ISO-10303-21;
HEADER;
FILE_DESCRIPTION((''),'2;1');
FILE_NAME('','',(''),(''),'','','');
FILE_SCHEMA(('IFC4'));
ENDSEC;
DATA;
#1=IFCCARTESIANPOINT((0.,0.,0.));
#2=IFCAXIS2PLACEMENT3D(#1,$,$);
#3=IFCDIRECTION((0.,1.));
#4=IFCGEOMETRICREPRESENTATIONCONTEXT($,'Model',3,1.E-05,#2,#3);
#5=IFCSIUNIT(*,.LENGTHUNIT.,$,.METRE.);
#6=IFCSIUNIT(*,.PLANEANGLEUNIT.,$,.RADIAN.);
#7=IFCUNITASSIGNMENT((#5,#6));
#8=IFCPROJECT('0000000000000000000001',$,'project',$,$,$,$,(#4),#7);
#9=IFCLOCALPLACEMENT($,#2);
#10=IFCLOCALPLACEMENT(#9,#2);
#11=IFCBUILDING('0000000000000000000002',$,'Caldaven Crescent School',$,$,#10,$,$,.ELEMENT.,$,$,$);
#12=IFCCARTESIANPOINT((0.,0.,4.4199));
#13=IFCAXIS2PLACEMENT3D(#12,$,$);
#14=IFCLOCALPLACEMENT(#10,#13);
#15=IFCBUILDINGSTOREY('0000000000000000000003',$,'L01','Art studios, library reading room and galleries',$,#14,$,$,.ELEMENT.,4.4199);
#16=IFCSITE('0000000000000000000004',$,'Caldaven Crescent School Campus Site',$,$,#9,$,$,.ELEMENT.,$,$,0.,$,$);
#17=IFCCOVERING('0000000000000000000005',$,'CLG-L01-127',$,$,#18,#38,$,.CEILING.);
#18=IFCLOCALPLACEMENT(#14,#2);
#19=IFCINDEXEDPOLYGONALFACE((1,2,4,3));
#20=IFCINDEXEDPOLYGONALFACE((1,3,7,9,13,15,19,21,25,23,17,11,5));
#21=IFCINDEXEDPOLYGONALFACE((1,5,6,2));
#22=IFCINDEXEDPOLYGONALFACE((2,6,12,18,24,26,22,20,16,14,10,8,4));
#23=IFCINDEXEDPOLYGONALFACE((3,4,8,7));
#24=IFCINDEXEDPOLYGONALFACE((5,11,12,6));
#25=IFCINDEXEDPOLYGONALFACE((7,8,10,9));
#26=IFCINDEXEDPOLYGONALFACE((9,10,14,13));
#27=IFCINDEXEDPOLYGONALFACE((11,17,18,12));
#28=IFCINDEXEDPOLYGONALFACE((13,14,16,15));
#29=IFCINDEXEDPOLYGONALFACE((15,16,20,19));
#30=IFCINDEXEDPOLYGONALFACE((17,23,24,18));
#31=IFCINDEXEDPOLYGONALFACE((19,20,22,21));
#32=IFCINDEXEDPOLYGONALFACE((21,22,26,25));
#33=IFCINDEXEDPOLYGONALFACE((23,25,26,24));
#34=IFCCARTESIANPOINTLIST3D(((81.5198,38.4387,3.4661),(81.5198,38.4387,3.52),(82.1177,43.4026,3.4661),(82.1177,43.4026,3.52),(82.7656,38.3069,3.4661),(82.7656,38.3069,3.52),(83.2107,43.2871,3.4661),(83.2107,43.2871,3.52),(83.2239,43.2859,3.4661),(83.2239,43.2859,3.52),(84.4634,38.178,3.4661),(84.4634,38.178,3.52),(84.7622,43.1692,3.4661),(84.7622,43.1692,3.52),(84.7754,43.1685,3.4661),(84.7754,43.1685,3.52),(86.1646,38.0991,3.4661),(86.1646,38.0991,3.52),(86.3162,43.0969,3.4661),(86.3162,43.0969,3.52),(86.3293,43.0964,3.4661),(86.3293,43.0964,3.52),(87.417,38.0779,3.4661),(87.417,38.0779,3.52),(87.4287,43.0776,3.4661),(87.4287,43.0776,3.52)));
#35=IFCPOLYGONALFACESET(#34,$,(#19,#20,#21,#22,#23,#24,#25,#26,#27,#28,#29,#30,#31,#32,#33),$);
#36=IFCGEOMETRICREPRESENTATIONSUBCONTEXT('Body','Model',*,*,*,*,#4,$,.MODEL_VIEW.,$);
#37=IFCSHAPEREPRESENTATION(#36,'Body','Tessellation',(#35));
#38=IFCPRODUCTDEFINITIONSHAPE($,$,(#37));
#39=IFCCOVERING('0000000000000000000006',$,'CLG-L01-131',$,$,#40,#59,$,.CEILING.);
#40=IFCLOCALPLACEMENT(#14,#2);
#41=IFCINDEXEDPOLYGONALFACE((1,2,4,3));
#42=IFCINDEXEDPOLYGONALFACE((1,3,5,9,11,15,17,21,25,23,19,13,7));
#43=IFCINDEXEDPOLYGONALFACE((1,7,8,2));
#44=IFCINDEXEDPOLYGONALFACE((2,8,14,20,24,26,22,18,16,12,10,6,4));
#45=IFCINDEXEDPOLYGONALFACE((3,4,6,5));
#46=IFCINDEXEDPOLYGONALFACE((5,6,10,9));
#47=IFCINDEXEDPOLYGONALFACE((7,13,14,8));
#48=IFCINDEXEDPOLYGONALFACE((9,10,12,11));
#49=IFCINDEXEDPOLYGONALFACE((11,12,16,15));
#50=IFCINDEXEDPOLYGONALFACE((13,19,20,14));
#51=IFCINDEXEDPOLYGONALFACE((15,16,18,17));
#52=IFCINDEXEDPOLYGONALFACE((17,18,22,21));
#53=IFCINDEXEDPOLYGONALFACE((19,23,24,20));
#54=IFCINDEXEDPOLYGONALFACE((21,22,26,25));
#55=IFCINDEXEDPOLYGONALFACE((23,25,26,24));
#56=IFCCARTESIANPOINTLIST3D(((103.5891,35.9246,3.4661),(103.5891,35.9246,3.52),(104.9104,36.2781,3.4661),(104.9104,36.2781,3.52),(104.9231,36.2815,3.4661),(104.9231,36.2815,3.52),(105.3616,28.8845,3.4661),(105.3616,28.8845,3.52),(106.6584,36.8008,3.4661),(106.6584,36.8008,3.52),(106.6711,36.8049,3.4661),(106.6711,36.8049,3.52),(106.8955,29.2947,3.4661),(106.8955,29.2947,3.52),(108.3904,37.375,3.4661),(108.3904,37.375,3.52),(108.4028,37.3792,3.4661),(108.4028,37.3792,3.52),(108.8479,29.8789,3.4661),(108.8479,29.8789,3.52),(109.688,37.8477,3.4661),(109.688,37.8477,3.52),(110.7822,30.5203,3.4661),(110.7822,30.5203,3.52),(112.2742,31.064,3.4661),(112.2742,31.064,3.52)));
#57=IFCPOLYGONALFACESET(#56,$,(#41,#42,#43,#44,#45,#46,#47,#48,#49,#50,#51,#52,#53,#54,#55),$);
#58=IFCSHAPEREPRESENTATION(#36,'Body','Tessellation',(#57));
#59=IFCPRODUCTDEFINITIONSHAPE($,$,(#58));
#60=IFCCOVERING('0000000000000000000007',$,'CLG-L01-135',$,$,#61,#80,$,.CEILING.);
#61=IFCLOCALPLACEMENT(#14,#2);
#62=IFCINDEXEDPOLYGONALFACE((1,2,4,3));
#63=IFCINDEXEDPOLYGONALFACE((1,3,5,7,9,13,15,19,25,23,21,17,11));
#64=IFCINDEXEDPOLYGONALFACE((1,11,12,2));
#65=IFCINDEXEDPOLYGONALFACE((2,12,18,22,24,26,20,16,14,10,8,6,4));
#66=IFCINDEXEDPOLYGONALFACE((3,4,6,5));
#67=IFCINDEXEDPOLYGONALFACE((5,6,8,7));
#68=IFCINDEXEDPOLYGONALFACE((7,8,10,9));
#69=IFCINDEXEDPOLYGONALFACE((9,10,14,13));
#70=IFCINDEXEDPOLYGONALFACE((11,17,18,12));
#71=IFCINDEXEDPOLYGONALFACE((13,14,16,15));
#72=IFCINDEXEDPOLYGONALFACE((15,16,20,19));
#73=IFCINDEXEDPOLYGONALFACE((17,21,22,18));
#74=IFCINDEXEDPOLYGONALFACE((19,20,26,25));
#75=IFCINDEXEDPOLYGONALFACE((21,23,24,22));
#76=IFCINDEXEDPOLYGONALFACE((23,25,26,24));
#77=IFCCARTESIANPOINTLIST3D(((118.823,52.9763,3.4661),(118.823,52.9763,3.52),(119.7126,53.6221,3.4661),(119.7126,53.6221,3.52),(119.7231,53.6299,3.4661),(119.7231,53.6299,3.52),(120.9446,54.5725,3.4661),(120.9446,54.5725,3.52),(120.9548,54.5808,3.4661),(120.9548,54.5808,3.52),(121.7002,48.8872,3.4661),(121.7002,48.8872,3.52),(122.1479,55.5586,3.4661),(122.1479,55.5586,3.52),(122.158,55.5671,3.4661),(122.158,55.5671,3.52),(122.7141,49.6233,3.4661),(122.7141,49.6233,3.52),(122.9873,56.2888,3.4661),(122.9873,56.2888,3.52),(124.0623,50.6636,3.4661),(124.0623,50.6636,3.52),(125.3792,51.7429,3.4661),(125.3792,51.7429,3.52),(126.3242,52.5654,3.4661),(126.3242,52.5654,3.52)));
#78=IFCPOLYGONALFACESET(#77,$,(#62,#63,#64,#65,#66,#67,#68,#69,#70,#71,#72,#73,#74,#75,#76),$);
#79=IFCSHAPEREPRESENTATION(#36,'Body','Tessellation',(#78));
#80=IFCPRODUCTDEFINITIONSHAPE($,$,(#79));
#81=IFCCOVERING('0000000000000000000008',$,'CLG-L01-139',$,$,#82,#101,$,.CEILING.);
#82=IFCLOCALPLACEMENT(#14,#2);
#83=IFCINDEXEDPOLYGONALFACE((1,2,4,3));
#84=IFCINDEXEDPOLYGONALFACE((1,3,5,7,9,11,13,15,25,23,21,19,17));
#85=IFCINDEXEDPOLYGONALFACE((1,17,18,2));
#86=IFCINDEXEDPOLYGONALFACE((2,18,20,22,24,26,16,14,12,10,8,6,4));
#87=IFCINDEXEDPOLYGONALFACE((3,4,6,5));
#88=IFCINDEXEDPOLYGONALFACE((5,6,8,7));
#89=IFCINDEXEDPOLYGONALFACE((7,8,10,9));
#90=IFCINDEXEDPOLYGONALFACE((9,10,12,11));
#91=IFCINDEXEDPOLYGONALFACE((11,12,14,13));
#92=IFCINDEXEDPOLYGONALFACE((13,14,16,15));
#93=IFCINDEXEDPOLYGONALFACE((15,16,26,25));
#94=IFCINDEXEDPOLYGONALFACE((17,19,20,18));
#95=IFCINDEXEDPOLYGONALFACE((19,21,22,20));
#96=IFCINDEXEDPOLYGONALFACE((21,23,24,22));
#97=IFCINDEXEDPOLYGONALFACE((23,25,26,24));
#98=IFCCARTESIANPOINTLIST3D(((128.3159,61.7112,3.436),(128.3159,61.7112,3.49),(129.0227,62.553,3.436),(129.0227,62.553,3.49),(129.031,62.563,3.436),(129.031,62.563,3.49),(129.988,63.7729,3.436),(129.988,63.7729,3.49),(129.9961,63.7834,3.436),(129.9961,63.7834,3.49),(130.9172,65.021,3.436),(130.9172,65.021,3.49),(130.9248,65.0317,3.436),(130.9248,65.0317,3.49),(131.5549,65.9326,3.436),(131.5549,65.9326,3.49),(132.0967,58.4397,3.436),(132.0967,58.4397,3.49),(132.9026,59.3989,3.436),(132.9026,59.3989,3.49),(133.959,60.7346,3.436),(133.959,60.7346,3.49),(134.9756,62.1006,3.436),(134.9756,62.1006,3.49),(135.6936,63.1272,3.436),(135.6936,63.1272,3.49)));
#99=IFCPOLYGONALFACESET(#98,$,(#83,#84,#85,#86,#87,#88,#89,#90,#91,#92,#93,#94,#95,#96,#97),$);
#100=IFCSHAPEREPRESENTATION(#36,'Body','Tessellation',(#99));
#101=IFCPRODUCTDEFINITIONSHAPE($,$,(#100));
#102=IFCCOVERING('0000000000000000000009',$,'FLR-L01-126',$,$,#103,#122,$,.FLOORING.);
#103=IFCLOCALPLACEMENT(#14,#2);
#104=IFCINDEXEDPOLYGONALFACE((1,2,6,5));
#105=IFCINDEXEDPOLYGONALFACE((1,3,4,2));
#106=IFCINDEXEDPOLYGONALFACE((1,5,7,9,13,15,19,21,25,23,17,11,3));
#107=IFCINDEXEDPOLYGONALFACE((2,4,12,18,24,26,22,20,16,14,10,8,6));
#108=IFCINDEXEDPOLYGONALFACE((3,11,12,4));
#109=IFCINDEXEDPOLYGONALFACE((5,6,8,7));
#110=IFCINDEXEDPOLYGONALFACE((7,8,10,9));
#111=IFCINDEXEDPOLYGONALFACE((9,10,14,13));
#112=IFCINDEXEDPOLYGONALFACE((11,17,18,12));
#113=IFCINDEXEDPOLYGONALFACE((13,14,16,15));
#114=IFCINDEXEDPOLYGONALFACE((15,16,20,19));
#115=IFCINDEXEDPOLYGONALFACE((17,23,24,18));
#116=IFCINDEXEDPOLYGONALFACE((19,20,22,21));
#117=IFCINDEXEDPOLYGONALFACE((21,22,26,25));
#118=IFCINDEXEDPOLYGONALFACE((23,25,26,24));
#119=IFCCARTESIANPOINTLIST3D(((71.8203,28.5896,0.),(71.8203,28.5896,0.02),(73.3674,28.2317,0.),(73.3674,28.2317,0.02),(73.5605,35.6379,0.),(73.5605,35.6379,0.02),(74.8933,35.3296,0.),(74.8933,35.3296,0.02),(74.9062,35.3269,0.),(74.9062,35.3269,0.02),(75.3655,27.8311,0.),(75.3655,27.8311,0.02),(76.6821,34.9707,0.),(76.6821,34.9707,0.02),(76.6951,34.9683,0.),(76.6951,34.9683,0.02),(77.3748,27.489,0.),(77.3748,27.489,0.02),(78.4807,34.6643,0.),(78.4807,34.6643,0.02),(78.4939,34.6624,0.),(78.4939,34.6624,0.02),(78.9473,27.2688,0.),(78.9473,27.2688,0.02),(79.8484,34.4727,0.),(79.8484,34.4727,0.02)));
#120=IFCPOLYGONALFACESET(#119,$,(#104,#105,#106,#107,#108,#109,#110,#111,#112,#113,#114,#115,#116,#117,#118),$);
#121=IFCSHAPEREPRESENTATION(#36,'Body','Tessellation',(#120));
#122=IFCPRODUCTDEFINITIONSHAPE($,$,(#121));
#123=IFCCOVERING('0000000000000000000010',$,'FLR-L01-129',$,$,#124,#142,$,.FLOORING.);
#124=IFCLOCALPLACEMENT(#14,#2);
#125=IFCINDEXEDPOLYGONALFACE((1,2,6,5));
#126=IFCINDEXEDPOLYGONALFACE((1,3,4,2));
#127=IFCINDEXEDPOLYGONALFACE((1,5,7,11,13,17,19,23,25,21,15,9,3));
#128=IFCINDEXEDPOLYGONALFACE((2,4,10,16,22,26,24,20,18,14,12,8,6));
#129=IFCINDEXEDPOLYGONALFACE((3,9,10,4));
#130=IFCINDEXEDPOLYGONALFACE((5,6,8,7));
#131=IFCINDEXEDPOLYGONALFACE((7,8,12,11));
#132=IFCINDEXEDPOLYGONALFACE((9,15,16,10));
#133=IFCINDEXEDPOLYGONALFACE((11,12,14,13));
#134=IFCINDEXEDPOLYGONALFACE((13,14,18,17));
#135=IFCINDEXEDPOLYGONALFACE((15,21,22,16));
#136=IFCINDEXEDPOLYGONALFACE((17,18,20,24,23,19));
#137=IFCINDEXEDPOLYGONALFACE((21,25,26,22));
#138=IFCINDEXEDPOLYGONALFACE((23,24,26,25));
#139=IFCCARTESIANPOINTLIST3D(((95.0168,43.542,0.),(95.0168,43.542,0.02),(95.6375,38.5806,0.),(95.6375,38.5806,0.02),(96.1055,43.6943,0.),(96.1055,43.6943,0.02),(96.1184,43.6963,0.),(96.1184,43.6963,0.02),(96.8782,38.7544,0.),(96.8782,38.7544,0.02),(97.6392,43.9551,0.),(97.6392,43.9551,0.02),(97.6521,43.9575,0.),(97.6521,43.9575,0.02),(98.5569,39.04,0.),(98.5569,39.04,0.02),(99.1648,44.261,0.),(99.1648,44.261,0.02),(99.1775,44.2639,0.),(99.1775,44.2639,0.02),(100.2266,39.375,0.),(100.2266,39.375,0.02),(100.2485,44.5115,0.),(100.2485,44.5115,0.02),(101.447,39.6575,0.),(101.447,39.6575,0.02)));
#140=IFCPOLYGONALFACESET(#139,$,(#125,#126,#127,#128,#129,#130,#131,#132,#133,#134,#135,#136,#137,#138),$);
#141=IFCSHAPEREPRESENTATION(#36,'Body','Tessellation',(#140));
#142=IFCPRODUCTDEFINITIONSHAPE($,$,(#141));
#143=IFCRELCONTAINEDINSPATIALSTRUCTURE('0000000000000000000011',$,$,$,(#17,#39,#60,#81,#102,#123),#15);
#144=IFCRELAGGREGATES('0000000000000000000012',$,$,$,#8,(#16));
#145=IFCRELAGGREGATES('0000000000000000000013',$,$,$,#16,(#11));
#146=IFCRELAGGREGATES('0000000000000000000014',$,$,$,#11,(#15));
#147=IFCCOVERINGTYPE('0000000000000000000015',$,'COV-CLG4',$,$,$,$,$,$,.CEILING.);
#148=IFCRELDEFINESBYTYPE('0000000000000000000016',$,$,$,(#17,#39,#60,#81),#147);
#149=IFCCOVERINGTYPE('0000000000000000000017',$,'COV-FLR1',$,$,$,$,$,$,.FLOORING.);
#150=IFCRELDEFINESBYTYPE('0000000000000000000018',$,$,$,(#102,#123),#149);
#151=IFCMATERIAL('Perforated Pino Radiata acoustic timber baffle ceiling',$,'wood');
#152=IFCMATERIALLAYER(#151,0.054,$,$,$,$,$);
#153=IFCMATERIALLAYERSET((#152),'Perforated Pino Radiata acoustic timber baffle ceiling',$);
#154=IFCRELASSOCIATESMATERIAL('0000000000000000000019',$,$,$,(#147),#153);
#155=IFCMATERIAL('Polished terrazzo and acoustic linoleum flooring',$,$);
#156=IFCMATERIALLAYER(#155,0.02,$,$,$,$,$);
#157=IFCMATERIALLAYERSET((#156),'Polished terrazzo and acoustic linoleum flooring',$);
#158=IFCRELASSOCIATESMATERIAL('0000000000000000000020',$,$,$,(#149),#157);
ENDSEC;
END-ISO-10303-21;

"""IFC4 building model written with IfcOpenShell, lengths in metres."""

from ifc_helpers import new_model, si_unit, direction, frame, origin, place, context, subcontext, project, spatial, polyline, outline, extrude, material, layer, layer_set, type_object, element, save


model = new_model("IFC4")

# Units and contexts
model_context = context("Model", 3, precision=1e-05, world=origin(), true_north=direction((0.0, 1.0)))
body_context = subcontext(model_context, "Body", "Model", "MODEL_VIEW")
ifc_project = project(units=[si_unit("LENGTHUNIT", "METRE"), si_unit("PLANEANGLEUNIT", "RADIAN")], contexts=[model_context])

# Site, building, storey
site_placement = place(None, origin())
site = spatial("IfcSite", under=ifc_project, at=site_placement, Name="Caldaven Crescent School Campus Site", CompositionType="ELEMENT", RefElevation=0.0)
building_placement = place(site_placement, origin())
building = spatial("IfcBuilding", under=site, at=building_placement, Name="Caldaven Crescent School", CompositionType="ELEMENT")
storey_placement = place(building_placement, frame((0.0, 0.0, 4.4199)))
storey = spatial("IfcBuildingStorey", under=building, at=storey_placement, Name="L01", Description="Art studios, library reading room and galleries", CompositionType="ELEMENT", Elevation=4.4199)

# Coverings
ifc_material_1 = material(Name="Perforated Pino Radiata acoustic timber baffle ceiling", Category="wood")
ifc_layer_1 = layer(ifc_material_1, 0.054)
ifc_layer_set_1 = layer_set([ifc_layer_1], Name="Perforated Pino Radiata acoustic timber baffle ceiling")
covering_type_1 = type_object("IfcCoveringType", Name="COV-CLG4", PredefinedType="CEILING", material=ifc_layer_set_1)
covering_1_placement = place(storey_placement, frame((0.0, 0.0, 3.4661)))
element("IfcCovering", 1, at=covering_1_placement, inside=storey, type_object=covering_type_1, Name="CLG-L01-127", PredefinedType="CEILING", context=body_context, shape_type="SweptSolid", body=[
    extrude(outline(polyline([(83.2107, 43.2871), (83.2239, 43.2859), (84.7622, 43.1692), (84.7754, 43.1685), (86.3162, 43.0969), (86.3293, 43.0964), (87.4287, 43.0776), (87.417, 38.0779), (86.1646, 38.0991), (84.4634, 38.178), (82.7656, 38.3069), (81.5198, 38.4387), (82.1177, 43.4026), (83.2107, 43.2871)])), origin(), (0.0, 0.0, 1.0), 0.054),
])
covering_2_placement = place(storey_placement, frame((0.0, 0.0, 3.4661)))
element("IfcCovering", 2, at=covering_2_placement, inside=storey, type_object=covering_type_1, Name="CLG-L01-131", PredefinedType="CEILING", context=body_context, shape_type="SweptSolid", body=[
    extrude(outline(polyline([(104.9104, 36.2781), (104.9231, 36.2815), (106.6584, 36.8008), (106.6711, 36.8049), (108.3904, 37.375), (108.4028, 37.3792), (109.688, 37.8477), (112.2742, 31.064), (110.7822, 30.5203), (108.8479, 29.8789), (106.8955, 29.2947), (105.3616, 28.8845), (103.5891, 35.9246), (104.9104, 36.2781)])), origin(), (0.0, 0.0, 1.0), 0.054),
])
covering_3_placement = place(storey_placement, frame((0.0, 0.0, 3.4661)))
element("IfcCovering", 3, at=covering_3_placement, inside=storey, type_object=covering_type_1, Name="CLG-L01-135", PredefinedType="CEILING", context=body_context, shape_type="SweptSolid", body=[
    extrude(outline(polyline([(119.7126, 53.6221), (119.7231, 53.6299), (120.9446, 54.5725), (120.9548, 54.5808), (122.1479, 55.5586), (122.158, 55.5671), (122.9873, 56.2888), (126.3242, 52.5654), (125.3792, 51.7429), (124.0623, 50.6636), (122.7141, 49.6233), (121.7002, 48.8872), (118.823, 52.9763), (119.7126, 53.6221)])), origin(), (0.0, 0.0, 1.0), 0.054),
])
covering_4_placement = place(storey_placement, frame((0.0, 0.0, 3.436)))
element("IfcCovering", 4, at=covering_4_placement, inside=storey, type_object=covering_type_1, Name="CLG-L01-139", PredefinedType="CEILING", context=body_context, shape_type="SweptSolid", body=[
    extrude(outline(polyline([(129.0227, 62.553), (129.031, 62.563), (129.988, 63.7729), (129.9961, 63.7834), (130.9172, 65.021), (130.9248, 65.0317), (131.5549, 65.9326), (135.6936, 63.1272), (134.9756, 62.1006), (133.959, 60.7346), (132.9026, 59.3989), (132.0967, 58.4397), (128.3159, 61.7112), (129.0227, 62.553)])), origin(), (0.0, 0.0, 1.0), 0.054),
])
ifc_material_2 = material(Name="Polished terrazzo and acoustic linoleum flooring")
ifc_layer_2 = layer(ifc_material_2, 0.02)
ifc_layer_set_2 = layer_set([ifc_layer_2], Name="Polished terrazzo and acoustic linoleum flooring")
covering_type_2 = type_object("IfcCoveringType", Name="COV-FLR1", PredefinedType="FLOORING", material=ifc_layer_set_2)
covering_5_placement = place(storey_placement, origin())
element("IfcCovering", 5, at=covering_5_placement, inside=storey, type_object=covering_type_2, Name="FLR-L01-126", PredefinedType="FLOORING", context=body_context, shape_type="SweptSolid", body=[
    extrude(outline(polyline([(73.5605, 35.6379), (74.8933, 35.3296), (74.9062, 35.3269), (76.6821, 34.9707), (76.6951, 34.9683), (78.4807, 34.6643), (78.4939, 34.6624), (79.8484, 34.4727), (78.9473, 27.2688), (77.3748, 27.489), (75.3655, 27.8311), (73.3674, 28.2317), (71.8203, 28.5896), (73.5605, 35.6379)])), origin(), (0.0, 0.0, 1.0), 0.02),
])
covering_6_placement = place(storey_placement, origin())
element("IfcCovering", 6, at=covering_6_placement, inside=storey, type_object=covering_type_2, Name="FLR-L01-129", PredefinedType="FLOORING", context=body_context, shape_type="SweptSolid", body=[
    extrude(outline(polyline([(95.0168, 43.542), (96.1055, 43.6943), (96.1184, 43.6963), (97.6392, 43.9551), (97.6521, 43.9575), (99.1648, 44.261), (99.1775, 44.2639), (100.2485, 44.5115), (101.447, 39.6575), (100.2266, 39.375), (98.5569, 39.04), (96.8782, 38.7544), (95.6375, 38.5806), (95.0168, 43.542)])), origin(), (0.0, 0.0, 1.0), 0.02),
])

save(model, "model.ifc")
